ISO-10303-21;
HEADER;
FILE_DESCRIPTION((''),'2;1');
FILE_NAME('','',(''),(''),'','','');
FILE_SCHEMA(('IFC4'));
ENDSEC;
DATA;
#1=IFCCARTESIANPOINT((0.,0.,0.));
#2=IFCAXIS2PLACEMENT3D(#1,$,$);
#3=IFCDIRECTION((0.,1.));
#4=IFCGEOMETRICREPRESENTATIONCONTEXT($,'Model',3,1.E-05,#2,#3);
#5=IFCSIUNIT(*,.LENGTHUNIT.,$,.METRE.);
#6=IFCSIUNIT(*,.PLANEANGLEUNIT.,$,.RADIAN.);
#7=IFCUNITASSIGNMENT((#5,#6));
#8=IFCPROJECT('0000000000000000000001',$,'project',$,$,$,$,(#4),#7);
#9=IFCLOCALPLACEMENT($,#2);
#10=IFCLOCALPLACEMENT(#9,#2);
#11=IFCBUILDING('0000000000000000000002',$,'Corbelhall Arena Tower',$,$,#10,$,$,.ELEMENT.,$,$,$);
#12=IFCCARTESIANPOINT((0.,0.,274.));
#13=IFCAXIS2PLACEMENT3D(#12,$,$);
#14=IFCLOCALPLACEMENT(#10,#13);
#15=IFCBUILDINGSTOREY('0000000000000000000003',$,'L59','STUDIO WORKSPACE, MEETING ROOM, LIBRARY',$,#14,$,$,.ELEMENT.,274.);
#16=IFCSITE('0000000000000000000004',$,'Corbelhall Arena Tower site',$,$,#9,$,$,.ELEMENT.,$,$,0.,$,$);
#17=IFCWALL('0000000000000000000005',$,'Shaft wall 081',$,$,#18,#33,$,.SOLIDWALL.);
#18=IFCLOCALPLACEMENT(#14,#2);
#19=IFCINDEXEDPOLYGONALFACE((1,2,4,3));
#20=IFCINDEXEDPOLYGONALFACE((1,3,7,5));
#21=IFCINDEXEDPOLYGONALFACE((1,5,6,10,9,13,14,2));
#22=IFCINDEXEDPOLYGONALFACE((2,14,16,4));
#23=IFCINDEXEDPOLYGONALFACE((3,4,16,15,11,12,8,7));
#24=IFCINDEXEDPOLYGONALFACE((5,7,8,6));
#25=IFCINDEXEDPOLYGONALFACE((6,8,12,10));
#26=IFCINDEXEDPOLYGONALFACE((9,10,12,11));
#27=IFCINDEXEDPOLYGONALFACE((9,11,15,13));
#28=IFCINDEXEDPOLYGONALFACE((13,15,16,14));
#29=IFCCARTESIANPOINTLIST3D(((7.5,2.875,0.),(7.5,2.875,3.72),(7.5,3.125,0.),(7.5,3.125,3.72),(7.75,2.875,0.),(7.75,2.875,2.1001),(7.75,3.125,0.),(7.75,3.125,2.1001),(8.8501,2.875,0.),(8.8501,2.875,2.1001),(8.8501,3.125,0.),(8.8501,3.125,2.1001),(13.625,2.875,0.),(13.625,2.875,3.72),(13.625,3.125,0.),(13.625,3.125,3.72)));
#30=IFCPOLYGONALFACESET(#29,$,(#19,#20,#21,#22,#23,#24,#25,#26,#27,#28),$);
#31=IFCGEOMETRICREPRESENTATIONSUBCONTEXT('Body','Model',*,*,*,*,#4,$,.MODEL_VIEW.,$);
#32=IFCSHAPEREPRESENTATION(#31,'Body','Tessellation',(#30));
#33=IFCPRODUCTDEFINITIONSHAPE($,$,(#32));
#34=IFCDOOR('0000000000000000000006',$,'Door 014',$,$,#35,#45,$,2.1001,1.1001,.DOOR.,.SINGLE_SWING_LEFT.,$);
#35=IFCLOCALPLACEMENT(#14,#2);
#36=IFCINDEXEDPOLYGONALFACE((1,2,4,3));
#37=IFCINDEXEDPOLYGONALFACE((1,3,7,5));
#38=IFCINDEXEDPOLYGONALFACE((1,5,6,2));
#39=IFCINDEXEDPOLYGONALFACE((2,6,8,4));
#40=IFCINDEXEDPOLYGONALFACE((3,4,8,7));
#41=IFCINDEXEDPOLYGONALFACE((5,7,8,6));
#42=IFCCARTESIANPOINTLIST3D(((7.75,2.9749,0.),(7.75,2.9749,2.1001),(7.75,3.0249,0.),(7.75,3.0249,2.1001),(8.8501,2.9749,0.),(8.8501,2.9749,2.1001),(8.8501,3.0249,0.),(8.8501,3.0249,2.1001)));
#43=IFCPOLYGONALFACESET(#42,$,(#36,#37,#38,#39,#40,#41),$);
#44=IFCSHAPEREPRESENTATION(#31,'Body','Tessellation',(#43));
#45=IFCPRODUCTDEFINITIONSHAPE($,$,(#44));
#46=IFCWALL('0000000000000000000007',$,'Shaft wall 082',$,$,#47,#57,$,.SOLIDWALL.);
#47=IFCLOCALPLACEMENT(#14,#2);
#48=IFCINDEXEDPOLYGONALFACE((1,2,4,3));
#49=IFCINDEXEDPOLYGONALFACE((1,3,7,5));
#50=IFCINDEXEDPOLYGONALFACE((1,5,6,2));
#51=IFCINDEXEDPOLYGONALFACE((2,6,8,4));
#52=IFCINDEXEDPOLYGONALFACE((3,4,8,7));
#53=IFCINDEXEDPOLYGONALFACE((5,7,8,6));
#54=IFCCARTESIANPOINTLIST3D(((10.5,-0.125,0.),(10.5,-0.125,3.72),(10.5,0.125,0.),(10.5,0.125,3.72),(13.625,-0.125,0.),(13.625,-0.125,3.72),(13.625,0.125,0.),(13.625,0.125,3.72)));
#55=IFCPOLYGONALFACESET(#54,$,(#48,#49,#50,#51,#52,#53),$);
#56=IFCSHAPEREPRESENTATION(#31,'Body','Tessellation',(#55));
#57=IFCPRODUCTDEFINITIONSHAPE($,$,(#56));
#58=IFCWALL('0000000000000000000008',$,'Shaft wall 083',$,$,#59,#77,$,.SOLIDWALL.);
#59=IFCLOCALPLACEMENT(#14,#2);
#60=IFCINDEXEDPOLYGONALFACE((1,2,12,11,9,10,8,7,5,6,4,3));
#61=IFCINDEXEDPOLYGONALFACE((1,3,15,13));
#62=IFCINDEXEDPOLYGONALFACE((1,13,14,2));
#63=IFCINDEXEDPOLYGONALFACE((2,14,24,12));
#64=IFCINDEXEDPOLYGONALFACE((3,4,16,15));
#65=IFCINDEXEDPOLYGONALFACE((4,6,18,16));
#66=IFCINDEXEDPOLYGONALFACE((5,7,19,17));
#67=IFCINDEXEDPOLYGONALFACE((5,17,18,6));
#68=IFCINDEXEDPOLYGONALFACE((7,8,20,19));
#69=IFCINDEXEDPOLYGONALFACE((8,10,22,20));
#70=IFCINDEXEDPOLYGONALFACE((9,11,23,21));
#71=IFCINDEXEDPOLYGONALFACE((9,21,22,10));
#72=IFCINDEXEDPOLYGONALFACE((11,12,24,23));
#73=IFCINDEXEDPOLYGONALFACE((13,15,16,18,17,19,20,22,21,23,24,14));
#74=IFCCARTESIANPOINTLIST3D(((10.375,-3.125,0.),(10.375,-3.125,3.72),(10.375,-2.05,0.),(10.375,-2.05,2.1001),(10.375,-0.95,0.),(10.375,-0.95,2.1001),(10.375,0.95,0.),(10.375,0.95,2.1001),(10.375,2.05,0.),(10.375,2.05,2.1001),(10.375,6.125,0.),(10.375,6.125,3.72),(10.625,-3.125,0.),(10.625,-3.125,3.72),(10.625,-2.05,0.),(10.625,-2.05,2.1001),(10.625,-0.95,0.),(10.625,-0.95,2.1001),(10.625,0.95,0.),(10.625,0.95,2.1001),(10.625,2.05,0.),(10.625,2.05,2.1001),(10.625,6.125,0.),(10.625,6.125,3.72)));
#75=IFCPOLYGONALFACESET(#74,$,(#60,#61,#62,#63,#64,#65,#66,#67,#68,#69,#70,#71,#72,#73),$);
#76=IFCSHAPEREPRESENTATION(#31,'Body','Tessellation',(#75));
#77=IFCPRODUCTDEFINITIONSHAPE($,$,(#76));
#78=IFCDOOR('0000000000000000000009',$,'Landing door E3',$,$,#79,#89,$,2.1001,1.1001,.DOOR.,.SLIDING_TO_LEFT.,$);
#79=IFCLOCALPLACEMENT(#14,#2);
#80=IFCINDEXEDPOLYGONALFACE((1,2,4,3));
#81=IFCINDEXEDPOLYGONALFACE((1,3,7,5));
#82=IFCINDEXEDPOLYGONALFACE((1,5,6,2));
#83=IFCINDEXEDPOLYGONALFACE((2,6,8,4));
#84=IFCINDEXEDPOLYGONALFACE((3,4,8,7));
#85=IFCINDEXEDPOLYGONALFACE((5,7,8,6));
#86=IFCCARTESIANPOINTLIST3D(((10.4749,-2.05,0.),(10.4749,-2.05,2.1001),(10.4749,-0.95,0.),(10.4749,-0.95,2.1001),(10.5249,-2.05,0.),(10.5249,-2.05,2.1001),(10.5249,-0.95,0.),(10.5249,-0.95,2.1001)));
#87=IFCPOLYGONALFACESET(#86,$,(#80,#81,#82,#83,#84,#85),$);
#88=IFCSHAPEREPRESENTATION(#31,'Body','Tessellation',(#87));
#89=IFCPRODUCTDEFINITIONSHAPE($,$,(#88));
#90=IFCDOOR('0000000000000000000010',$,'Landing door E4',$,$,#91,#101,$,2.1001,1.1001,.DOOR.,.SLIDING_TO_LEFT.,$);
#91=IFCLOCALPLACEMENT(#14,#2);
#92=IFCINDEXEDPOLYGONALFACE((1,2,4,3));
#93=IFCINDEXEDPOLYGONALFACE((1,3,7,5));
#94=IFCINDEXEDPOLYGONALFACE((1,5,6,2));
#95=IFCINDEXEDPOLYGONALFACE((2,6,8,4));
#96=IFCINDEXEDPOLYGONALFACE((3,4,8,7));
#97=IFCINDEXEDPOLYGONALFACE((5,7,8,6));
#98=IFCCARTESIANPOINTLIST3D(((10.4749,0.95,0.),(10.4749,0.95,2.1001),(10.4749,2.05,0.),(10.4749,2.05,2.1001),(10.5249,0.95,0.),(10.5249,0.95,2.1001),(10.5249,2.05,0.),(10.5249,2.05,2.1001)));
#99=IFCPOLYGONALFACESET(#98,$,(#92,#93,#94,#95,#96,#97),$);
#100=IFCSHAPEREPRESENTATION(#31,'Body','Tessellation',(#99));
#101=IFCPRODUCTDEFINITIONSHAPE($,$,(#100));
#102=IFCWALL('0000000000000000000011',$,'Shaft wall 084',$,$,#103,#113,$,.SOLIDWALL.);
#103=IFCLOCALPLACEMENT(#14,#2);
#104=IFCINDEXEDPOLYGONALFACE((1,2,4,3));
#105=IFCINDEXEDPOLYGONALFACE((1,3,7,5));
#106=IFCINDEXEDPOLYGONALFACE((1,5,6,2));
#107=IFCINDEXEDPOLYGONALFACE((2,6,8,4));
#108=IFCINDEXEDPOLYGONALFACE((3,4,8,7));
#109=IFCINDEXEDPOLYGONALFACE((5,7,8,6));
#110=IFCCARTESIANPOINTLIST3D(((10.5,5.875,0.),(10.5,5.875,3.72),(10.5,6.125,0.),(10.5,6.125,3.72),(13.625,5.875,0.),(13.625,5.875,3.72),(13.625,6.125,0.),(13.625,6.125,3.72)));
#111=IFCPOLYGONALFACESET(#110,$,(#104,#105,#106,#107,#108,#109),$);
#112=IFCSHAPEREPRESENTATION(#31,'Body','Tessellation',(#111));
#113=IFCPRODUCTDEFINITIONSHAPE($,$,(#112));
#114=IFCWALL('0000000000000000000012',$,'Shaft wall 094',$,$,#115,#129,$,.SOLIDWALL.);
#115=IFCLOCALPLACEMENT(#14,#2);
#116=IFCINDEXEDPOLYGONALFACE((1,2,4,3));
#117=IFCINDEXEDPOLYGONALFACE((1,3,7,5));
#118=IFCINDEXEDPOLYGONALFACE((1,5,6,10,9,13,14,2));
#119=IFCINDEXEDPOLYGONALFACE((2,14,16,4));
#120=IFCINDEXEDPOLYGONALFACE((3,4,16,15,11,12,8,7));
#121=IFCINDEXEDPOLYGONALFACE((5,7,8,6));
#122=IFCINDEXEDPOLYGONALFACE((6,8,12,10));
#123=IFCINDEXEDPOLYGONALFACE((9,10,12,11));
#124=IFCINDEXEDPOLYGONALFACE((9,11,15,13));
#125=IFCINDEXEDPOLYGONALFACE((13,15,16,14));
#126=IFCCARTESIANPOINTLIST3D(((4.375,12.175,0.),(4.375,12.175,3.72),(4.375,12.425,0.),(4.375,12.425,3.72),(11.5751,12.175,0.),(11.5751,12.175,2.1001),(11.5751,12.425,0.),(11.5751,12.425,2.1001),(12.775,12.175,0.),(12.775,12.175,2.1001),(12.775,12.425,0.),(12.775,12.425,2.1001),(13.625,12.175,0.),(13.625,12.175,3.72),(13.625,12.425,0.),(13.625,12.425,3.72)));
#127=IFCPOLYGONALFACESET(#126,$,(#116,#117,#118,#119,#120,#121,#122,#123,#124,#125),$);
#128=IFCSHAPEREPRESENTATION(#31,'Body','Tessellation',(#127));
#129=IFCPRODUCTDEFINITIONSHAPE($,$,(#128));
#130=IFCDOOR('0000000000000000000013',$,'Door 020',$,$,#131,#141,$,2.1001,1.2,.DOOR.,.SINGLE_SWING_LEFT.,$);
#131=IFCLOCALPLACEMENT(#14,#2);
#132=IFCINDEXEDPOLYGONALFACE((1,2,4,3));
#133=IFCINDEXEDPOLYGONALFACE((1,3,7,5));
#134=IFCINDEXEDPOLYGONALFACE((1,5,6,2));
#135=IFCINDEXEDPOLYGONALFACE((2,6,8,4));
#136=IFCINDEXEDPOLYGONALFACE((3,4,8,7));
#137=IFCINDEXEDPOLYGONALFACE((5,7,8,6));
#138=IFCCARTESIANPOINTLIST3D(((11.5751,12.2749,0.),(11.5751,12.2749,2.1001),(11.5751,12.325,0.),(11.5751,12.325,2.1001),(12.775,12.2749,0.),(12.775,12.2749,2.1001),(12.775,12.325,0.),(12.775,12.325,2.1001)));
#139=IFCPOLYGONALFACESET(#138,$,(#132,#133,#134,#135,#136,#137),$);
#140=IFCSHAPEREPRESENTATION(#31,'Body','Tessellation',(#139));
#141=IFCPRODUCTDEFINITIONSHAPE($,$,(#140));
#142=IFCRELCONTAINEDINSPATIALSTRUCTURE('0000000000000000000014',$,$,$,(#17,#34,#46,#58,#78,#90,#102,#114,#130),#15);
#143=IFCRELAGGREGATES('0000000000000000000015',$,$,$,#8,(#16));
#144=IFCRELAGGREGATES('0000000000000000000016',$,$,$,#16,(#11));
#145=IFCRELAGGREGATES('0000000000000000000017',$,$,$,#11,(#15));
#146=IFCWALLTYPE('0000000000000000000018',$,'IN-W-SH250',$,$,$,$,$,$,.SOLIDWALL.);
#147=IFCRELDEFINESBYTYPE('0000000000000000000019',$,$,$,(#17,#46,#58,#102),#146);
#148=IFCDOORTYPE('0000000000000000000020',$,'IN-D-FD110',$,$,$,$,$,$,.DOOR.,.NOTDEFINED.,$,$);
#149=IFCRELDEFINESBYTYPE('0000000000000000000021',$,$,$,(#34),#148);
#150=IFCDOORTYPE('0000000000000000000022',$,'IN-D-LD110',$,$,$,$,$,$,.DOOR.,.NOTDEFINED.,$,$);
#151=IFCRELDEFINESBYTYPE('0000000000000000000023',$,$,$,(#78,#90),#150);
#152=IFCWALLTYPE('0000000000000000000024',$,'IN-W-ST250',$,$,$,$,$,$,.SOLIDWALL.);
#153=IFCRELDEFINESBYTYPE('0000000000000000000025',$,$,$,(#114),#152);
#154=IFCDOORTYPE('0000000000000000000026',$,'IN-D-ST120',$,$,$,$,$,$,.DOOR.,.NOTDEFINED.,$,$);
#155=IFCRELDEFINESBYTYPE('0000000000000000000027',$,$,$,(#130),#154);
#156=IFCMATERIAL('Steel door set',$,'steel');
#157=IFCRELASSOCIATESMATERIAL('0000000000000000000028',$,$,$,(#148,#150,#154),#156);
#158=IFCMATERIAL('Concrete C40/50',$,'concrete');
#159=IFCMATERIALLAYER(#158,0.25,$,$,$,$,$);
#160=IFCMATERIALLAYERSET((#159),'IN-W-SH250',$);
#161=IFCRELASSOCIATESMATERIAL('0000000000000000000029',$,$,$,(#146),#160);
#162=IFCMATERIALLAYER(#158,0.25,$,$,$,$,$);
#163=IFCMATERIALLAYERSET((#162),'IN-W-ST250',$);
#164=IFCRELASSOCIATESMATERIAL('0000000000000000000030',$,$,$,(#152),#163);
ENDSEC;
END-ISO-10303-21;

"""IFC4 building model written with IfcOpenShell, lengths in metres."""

from ifc_helpers import new_model, si_unit, direction, frame, frame_2d, origin, place, context, subcontext, project, spatial, rectangle, extrude, material, layer, layer_set, type_object, element, fill, save


model = new_model("IFC4")

# Units and contexts
model_context = context("Model", 3, precision=1e-05, world=origin(), true_north=direction((0.0, 1.0)))
body_context = subcontext(model_context, "Body", "Model", "MODEL_VIEW")
ifc_project = project(units=[si_unit("LENGTHUNIT", "METRE"), si_unit("PLANEANGLEUNIT", "RADIAN")], contexts=[model_context])

# Site, building, storey
site_placement = place(None, origin())
site = spatial("IfcSite", under=ifc_project, at=site_placement, Name="Corbelhall Arena Tower site", CompositionType="ELEMENT", RefElevation=0.0)
building_placement = place(site_placement, origin())
building = spatial("IfcBuilding", under=site, at=building_placement, Name="Corbelhall Arena Tower", CompositionType="ELEMENT")
storey_placement = place(building_placement, frame((0.0, 0.0, 274.0)))
storey = spatial("IfcBuildingStorey", under=building, at=storey_placement, Name="L59", Description="STUDIO WORKSPACE, MEETING ROOM, LIBRARY", CompositionType="ELEMENT", Elevation=274.0)

# Shared definitions
ifc_material_1 = material(Name="Concrete C40/50", Category="concrete")

# Shared definitions
ifc_material_2 = material(Name="Steel door set", Category="steel")
door_type_1 = type_object("IfcDoorType", Name="IN-D-FD110", OperationType="NOTDEFINED", PredefinedType="DOOR", material=ifc_material_2)

# Shared definitions
ifc_layer_1 = layer(ifc_material_1, 0.25)
ifc_layer_set_1 = layer_set([ifc_layer_1], Name="IN-W-SH250")
wall_type_1 = type_object("IfcWallType", Name="IN-W-SH250", PredefinedType="SOLIDWALL", material=ifc_layer_set_1)

# Wall, opening, door
wall_1_placement = place(storey_placement, frame((7.5, 3.0, 0.0), z_axis=(0.0, 0.0, 1.0), x_axis=(1.0, 0.0, 0.0)))
wall_1 = element("IfcWall", 1, at=wall_1_placement, inside=storey, type_object=wall_type_1, Name="Shaft wall 081", PredefinedType="SOLIDWALL", context=body_context, shape_type="SweptSolid", body=[
    extrude(rectangle(XDim=6.125, YDim=0.25, at=frame_2d((3.0625, 0.0))), origin(), (0.0, 0.0, 1.0), 3.72),
])
opening_1_placement = place(wall_1_placement, frame((0.25, 0.0, 0.0)))
opening_1 = element("IfcOpeningElement", 2, at=opening_1_placement, cuts=wall_1, PredefinedType="OPENING", context=body_context, shape_type="SweptSolid", body=[
    extrude(rectangle(XDim=1.1001, YDim=2.1001, at=frame_2d((0.55, 1.05))), frame((0.0, 0.125, 0.0), z_axis=(0.0, -1.0, 0.0), x_axis=(1.0, 0.0, 0.0)), (0.0, 0.0, 1.0), 0.25),
])
door_1_placement = place(opening_1_placement, origin())
door_1 = element("IfcDoor", 3, at=door_1_placement, inside=storey, type_object=door_type_1, Name="Door 014", OperationType="SINGLE_SWING_LEFT", OverallHeight=2.1001, OverallWidth=1.1001, PredefinedType="DOOR", context=body_context, shape_type="SweptSolid", body=[
    extrude(rectangle(XDim=1.1001, YDim=2.1001, at=frame_2d((0.55, 1.05))), frame((0.0, 0.0249, 0.0), z_axis=(0.0, -1.0, 0.0), x_axis=(1.0, 0.0, 0.0)), (0.0, 0.0, 1.0), 0.05),
])
fill(opening_1, door_1)

# Wall
wall_2_placement = place(storey_placement, frame((10.5, 0.0, 0.0), z_axis=(0.0, 0.0, 1.0), x_axis=(1.0, 0.0, 0.0)))
element("IfcWall", 4, at=wall_2_placement, inside=storey, type_object=wall_type_1, Name="Shaft wall 082", PredefinedType="SOLIDWALL", context=body_context, shape_type="SweptSolid", body=[
    extrude(rectangle(XDim=3.125, YDim=0.25, at=frame_2d((1.5625, 0.0))), origin(), (0.0, 0.0, 1.0), 3.72),
])

# Wall, openings, doors
wall_3_placement = place(storey_placement, frame((10.5, 6.125, 0.0), z_axis=(0.0, 0.0, 1.0), x_axis=(0.0, -1.0, 0.0)))
wall_3 = element("IfcWall", 5, at=wall_3_placement, inside=storey, type_object=wall_type_1, Name="Shaft wall 083", PredefinedType="SOLIDWALL", context=body_context, shape_type="SweptSolid", body=[
    extrude(rectangle(XDim=9.25, YDim=0.25, at=frame_2d((4.625, 0.0))), origin(), (0.0, 0.0, 1.0), 3.72),
])
opening_2_placement = place(wall_3_placement, frame((7.075, 0.0, 0.0)))
opening_2 = element("IfcOpeningElement", 6, at=opening_2_placement, cuts=wall_3, PredefinedType="OPENING", context=body_context, shape_type="SweptSolid", body=[
    extrude(rectangle(XDim=1.1001, YDim=2.1001, at=frame_2d((0.55, 1.05))), frame((0.0, 0.125, 0.0), z_axis=(0.0, -1.0, 0.0), x_axis=(1.0, 0.0, 0.0)), (0.0, 0.0, 1.0), 0.25),
])
opening_3_placement = place(wall_3_placement, frame((4.075, 0.0, 0.0)))
opening_3 = element("IfcOpeningElement", 7, at=opening_3_placement, cuts=wall_3, PredefinedType="OPENING", context=body_context, shape_type="SweptSolid", body=[
    extrude(rectangle(XDim=1.1001, YDim=2.1001, at=frame_2d((0.55, 1.05))), frame((0.0, 0.125, 0.0), z_axis=(0.0, -1.0, 0.0), x_axis=(1.0, 0.0, 0.0)), (0.0, 0.0, 1.0), 0.25),
])
door_type_2 = type_object("IfcDoorType", Name="IN-D-LD110", OperationType="NOTDEFINED", PredefinedType="DOOR", material=ifc_material_2)
door_2_placement = place(opening_2_placement, origin())
door_2 = element("IfcDoor", 8, at=door_2_placement, inside=storey, type_object=door_type_2, Name="Landing door E3", OperationType="SLIDING_TO_LEFT", OverallHeight=2.1001, OverallWidth=1.1001, PredefinedType="DOOR", context=body_context, shape_type="SweptSolid", body=[
    extrude(rectangle(XDim=1.1001, YDim=2.1001, at=frame_2d((0.55, 1.05))), frame((0.0, 0.0249, 0.0), z_axis=(0.0, -1.0, 0.0), x_axis=(1.0, 0.0, 0.0)), (0.0, 0.0, 1.0), 0.05),
])
fill(opening_2, door_2)
door_3_placement = place(opening_3_placement, origin())
door_3 = element("IfcDoor", 9, at=door_3_placement, inside=storey, type_object=door_type_2, Name="Landing door E4", OperationType="SLIDING_TO_LEFT", OverallHeight=2.1001, OverallWidth=1.1001, PredefinedType="DOOR", context=body_context, shape_type="SweptSolid", body=[
    extrude(rectangle(XDim=1.1001, YDim=2.1001, at=frame_2d((0.55, 1.05))), frame((0.0, 0.0249, 0.0), z_axis=(0.0, -1.0, 0.0), x_axis=(1.0, 0.0, 0.0)), (0.0, 0.0, 1.0), 0.05),
])
fill(opening_3, door_3)

# Wall
wall_4_placement = place(storey_placement, frame((10.5, 6.0, 0.0), z_axis=(0.0, 0.0, 1.0), x_axis=(1.0, 0.0, 0.0)))
element("IfcWall", 10, at=wall_4_placement, inside=storey, type_object=wall_type_1, Name="Shaft wall 084", PredefinedType="SOLIDWALL", context=body_context, shape_type="SweptSolid", body=[
    extrude(rectangle(XDim=3.125, YDim=0.25, at=frame_2d((1.5625, 0.0))), origin(), (0.0, 0.0, 1.0), 3.72),
])

# Wall, opening, door
ifc_layer_2 = layer(ifc_material_1, 0.25)
ifc_layer_set_2 = layer_set([ifc_layer_2], Name="IN-W-ST250")
wall_type_2 = type_object("IfcWallType", Name="IN-W-ST250", PredefinedType="SOLIDWALL", material=ifc_layer_set_2)
wall_5_placement = place(storey_placement, frame((4.375, 12.3, 0.0), z_axis=(0.0, 0.0, 1.0), x_axis=(1.0, 0.0, 0.0)))
wall_5 = element("IfcWall", 11, at=wall_5_placement, inside=storey, type_object=wall_type_2, Name="Shaft wall 094", PredefinedType="SOLIDWALL", context=body_context, shape_type="SweptSolid", body=[
    extrude(rectangle(XDim=9.25, YDim=0.25, at=frame_2d((4.625, 0.0))), origin(), (0.0, 0.0, 1.0), 3.72),
])
opening_4_placement = place(wall_5_placement, frame((7.2, 0.0, 0.0)))
opening_4 = element("IfcOpeningElement", 12, at=opening_4_placement, cuts=wall_5, PredefinedType="OPENING", context=body_context, shape_type="SweptSolid", body=[
    extrude(rectangle(XDim=1.2, YDim=2.1001, at=frame_2d((0.6001, 1.05))), frame((0.0, 0.125, 0.0), z_axis=(0.0, -1.0, 0.0), x_axis=(1.0, 0.0, 0.0)), (0.0, 0.0, 1.0), 0.25),
])
door_type_3 = type_object("IfcDoorType", Name="IN-D-ST120", OperationType="NOTDEFINED", PredefinedType="DOOR", material=ifc_material_2)
door_4_placement = place(opening_4_placement, origin())
door_4 = element("IfcDoor", 13, at=door_4_placement, inside=storey, type_object=door_type_3, Name="Door 020", OperationType="SINGLE_SWING_LEFT", OverallHeight=2.1001, OverallWidth=1.2, PredefinedType="DOOR", context=body_context, shape_type="SweptSolid", body=[
    extrude(rectangle(XDim=1.2, YDim=2.1001, at=frame_2d((0.6001, 1.05))), frame((0.0, 0.0249, 0.0), z_axis=(0.0, -1.0, 0.0), x_axis=(1.0, 0.0, 0.0)), (0.0, 0.0, 1.0), 0.05),
])
fill(opening_4, door_4)

save(model, "model.ifc")
